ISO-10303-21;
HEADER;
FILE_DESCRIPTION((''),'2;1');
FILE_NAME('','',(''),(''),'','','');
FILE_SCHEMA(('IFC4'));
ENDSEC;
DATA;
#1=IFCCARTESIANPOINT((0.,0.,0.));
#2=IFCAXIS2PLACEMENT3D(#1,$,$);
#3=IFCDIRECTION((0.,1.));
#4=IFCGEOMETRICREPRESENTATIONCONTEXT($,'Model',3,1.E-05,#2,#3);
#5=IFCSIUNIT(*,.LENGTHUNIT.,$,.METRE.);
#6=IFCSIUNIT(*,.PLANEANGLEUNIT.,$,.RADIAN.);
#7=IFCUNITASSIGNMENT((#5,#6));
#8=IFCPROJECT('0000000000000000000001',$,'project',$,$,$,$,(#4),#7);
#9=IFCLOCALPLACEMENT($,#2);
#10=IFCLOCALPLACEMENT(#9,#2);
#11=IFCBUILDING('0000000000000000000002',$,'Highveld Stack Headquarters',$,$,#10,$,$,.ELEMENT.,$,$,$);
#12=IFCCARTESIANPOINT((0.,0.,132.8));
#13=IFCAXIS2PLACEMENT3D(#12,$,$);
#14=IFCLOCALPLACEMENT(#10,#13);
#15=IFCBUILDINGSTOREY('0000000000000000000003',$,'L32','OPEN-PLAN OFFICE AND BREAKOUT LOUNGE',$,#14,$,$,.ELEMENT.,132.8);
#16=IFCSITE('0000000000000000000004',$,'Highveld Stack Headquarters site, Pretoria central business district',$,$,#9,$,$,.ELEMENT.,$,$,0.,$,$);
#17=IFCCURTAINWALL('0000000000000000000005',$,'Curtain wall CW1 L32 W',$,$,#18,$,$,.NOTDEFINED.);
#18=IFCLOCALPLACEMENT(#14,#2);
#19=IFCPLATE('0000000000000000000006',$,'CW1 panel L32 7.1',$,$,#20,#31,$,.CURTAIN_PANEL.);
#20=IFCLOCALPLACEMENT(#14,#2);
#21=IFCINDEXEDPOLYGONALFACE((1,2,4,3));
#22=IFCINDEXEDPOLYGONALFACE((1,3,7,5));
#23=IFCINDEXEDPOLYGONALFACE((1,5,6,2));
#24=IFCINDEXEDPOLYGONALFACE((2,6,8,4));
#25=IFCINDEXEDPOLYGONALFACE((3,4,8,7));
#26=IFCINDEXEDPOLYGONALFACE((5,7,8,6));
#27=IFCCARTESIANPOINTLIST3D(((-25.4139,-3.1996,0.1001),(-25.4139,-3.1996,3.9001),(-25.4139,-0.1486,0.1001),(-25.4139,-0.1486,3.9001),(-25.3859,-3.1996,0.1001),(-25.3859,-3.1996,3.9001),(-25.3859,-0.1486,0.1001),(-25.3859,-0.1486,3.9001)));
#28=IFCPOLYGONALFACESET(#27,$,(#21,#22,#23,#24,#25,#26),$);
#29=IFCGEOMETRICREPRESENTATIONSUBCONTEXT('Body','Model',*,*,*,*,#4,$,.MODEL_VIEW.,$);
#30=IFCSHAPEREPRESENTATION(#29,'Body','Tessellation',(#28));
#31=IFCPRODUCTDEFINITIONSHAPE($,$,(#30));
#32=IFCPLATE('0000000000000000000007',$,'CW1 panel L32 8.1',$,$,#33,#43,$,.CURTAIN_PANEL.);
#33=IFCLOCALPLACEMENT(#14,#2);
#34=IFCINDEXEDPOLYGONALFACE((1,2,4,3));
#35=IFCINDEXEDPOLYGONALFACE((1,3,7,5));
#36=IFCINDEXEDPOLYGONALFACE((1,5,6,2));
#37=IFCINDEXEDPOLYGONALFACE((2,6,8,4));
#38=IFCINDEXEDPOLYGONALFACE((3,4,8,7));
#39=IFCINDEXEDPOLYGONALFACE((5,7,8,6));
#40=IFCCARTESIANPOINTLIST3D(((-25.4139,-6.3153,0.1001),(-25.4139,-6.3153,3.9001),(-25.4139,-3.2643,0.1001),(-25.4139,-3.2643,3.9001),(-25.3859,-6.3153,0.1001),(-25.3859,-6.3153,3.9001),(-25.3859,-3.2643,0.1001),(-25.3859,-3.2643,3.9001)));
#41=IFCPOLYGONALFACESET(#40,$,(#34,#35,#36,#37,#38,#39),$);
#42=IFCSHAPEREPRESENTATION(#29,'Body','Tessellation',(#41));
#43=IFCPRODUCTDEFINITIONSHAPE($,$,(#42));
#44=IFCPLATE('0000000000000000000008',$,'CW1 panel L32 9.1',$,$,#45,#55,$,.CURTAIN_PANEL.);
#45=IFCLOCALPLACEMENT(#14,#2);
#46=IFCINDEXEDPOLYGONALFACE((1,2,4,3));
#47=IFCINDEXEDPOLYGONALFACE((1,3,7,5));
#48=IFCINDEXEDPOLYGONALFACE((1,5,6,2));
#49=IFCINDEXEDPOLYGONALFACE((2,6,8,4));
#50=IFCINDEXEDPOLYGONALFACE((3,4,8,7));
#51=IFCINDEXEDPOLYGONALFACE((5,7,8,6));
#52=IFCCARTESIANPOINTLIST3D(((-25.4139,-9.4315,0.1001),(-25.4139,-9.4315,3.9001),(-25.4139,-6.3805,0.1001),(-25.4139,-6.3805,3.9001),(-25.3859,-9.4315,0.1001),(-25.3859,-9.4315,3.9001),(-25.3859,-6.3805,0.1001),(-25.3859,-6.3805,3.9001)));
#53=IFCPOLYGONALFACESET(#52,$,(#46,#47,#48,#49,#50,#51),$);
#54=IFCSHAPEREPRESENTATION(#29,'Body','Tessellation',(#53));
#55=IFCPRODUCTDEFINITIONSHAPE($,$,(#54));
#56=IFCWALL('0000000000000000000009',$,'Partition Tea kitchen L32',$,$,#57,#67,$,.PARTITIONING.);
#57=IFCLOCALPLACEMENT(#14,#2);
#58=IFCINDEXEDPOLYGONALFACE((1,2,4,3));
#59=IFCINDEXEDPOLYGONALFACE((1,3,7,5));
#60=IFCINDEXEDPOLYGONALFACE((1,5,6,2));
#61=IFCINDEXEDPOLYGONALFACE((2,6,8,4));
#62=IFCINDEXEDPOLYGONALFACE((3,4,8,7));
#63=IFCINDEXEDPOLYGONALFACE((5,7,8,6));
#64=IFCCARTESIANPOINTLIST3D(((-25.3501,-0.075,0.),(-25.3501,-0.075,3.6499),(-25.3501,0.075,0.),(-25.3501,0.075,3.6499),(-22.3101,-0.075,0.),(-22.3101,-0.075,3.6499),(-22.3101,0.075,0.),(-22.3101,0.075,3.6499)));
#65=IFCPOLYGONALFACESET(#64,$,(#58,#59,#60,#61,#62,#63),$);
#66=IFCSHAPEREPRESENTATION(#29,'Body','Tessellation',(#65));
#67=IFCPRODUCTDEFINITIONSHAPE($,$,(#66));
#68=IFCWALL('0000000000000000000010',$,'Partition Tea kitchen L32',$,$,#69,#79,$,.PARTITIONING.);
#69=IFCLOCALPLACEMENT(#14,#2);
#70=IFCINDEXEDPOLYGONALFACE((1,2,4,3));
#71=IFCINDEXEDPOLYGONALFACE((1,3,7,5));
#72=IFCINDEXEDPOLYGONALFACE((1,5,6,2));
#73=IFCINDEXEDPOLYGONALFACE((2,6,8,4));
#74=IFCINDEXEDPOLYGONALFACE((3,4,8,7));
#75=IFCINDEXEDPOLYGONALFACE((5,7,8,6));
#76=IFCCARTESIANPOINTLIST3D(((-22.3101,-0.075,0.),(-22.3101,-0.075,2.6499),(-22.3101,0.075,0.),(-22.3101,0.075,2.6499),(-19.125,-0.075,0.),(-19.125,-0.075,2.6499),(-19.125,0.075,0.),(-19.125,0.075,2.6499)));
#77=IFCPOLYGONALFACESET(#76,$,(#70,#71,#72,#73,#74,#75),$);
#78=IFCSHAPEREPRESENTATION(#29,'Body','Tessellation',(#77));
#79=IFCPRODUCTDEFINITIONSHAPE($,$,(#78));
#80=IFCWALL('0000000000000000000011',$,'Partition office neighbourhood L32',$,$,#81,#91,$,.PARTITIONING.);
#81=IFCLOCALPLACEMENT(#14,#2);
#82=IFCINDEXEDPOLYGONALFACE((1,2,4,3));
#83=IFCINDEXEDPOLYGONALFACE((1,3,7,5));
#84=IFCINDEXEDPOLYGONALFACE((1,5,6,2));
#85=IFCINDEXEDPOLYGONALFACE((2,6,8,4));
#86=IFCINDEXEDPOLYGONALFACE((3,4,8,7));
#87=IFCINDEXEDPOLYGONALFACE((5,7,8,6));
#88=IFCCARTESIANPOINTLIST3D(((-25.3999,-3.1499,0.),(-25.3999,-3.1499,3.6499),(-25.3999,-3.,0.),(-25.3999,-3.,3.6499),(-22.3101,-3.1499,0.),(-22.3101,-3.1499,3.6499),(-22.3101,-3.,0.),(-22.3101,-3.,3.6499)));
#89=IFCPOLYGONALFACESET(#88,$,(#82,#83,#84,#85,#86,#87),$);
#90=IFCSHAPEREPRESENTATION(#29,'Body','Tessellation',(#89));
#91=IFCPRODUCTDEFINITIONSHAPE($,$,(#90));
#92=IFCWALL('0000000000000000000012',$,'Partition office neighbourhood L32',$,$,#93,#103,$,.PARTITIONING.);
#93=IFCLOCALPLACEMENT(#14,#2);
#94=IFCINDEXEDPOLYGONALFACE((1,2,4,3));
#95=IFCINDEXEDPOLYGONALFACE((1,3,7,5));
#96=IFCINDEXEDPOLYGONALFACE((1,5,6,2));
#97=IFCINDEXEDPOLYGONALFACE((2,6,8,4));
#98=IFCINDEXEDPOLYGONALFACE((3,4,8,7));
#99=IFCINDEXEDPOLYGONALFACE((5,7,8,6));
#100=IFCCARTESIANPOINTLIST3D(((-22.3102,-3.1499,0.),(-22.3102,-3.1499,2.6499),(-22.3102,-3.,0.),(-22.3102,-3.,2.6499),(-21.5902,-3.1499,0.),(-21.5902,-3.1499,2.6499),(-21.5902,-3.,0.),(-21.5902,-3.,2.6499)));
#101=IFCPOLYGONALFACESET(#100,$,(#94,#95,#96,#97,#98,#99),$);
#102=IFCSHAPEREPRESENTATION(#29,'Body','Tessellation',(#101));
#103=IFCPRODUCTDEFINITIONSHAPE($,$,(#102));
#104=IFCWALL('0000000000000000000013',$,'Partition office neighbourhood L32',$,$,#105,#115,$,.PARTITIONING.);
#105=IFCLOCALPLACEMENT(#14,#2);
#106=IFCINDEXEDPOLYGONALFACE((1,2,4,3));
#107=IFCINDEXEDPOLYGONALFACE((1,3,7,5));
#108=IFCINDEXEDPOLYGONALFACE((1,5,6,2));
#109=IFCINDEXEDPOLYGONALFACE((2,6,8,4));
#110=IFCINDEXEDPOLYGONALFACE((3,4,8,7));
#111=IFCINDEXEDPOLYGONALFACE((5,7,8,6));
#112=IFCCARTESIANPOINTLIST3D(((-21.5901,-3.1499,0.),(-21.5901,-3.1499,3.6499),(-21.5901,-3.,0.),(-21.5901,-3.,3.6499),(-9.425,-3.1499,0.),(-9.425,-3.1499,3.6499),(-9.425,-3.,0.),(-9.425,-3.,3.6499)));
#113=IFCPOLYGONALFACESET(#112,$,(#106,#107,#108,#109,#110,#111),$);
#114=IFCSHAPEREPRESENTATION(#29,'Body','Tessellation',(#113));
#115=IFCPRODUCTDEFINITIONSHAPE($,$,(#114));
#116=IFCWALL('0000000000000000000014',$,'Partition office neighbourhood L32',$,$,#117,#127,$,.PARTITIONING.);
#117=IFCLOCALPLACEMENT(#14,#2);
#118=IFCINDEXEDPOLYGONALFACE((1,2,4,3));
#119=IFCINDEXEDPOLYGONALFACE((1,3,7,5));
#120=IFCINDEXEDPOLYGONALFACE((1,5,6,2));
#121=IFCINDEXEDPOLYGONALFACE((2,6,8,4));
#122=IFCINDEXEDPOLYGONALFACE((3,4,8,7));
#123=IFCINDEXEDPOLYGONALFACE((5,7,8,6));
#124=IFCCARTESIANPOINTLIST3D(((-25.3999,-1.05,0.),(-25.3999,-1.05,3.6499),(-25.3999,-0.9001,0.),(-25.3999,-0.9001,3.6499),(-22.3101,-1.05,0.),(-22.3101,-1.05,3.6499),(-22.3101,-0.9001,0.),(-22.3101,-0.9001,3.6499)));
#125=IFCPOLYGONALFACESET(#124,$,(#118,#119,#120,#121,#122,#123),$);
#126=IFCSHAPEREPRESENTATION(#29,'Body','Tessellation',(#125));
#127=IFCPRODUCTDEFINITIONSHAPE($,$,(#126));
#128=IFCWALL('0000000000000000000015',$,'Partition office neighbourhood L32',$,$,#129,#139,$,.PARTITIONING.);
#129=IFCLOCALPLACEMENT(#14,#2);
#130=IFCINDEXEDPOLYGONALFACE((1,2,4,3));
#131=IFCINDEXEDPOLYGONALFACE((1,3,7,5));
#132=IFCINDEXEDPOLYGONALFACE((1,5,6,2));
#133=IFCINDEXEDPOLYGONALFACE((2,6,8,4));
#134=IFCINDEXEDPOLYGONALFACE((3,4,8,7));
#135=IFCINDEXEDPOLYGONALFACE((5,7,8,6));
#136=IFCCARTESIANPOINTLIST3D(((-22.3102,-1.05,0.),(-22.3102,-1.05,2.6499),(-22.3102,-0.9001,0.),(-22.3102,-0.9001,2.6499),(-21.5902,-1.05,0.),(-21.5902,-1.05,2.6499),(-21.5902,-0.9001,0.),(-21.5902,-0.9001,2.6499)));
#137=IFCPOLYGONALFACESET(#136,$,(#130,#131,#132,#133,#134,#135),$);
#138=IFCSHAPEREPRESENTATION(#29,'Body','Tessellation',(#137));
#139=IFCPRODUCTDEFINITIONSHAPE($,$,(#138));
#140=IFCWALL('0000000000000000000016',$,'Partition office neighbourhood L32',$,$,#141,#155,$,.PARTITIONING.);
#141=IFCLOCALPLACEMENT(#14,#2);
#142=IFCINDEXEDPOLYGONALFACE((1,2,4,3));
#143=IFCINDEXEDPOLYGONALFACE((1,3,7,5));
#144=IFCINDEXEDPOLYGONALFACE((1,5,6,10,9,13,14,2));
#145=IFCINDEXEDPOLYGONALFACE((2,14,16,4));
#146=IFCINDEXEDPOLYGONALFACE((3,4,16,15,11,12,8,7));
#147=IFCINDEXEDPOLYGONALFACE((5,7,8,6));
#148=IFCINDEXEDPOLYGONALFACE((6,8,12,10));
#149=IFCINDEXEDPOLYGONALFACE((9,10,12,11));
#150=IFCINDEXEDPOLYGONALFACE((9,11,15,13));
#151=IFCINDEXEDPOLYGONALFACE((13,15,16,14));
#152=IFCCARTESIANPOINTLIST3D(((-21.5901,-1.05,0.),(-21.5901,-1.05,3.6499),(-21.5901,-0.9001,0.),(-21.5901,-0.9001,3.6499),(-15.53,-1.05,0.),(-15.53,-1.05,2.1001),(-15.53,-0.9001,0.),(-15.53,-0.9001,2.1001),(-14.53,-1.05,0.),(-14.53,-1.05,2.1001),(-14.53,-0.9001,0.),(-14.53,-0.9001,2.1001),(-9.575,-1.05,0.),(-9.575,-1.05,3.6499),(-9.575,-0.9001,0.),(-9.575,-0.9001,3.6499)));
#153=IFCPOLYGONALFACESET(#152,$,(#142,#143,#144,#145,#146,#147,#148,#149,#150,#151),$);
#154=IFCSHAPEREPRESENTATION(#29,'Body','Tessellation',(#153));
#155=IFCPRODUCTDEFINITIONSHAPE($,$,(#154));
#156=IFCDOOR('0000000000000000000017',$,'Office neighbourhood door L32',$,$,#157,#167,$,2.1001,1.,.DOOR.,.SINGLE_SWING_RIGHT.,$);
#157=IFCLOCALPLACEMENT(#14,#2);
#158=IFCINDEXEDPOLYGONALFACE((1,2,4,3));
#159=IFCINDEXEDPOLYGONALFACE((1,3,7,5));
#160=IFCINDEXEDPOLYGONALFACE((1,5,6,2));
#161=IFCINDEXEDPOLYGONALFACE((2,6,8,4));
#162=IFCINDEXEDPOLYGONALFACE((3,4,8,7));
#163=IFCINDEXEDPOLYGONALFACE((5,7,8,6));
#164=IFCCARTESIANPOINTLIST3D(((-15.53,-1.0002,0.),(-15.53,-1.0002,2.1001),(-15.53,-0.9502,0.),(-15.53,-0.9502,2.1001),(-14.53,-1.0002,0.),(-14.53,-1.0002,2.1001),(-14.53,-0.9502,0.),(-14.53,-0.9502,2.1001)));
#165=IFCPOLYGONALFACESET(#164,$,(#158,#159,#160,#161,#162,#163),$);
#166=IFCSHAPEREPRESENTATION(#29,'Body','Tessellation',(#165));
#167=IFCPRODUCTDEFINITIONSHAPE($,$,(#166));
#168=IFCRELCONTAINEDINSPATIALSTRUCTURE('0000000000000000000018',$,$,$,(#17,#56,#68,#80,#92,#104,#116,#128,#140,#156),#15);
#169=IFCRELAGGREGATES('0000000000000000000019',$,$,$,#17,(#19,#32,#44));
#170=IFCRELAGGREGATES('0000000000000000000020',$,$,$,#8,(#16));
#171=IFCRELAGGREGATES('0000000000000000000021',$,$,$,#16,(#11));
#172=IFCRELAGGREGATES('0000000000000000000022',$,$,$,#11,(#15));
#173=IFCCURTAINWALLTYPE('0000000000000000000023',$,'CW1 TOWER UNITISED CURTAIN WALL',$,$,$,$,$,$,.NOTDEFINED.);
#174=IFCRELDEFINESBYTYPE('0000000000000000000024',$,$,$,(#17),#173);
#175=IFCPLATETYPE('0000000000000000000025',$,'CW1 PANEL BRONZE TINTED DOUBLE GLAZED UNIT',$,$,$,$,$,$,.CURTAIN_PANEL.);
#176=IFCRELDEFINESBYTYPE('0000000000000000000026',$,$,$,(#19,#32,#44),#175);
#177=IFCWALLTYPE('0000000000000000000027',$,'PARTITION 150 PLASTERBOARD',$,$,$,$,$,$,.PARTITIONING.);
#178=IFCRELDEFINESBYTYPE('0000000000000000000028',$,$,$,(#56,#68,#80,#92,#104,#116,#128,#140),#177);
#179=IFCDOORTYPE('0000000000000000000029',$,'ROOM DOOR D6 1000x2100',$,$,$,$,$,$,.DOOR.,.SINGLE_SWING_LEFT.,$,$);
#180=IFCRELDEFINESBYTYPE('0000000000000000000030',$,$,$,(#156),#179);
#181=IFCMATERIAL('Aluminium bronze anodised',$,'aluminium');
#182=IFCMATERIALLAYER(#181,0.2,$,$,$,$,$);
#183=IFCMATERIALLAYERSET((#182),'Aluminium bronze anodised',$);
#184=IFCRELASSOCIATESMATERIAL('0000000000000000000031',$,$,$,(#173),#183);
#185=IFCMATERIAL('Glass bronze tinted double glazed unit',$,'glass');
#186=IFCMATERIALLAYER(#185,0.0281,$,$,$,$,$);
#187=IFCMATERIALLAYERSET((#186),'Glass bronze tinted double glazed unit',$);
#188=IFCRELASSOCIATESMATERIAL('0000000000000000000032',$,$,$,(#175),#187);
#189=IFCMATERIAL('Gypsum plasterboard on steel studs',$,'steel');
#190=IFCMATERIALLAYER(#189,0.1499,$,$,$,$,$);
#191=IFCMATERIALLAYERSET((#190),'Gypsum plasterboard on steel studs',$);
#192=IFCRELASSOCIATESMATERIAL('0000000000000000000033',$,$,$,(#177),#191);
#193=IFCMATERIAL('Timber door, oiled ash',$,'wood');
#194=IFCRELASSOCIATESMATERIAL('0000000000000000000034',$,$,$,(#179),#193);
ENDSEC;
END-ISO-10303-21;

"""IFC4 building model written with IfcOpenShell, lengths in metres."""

from ifc_helpers import new_model, si_unit, direction, frame, frame_2d, origin, origin_2d, place, context, subcontext, project, spatial, rectangle, extrude, material, layer, layer_set, type_object, element, fill, aggregate, save


model = new_model("IFC4")

# Units and contexts
model_context = context("Model", 3, precision=1e-05, world=origin(), true_north=direction((0.0, 1.0)))
body_context = subcontext(model_context, "Body", "Model", "MODEL_VIEW")
ifc_project = project(units=[si_unit("LENGTHUNIT", "METRE"), si_unit("PLANEANGLEUNIT", "RADIAN")], contexts=[model_context])

# Site, building, storey
site_placement = place(None, origin())
site = spatial("IfcSite", under=ifc_project, at=site_placement, Name="Highveld Stack Headquarters site, Pretoria central business district", CompositionType="ELEMENT", RefElevation=0.0)
building_placement = place(site_placement, origin())
building = spatial("IfcBuilding", under=site, at=building_placement, Name="Highveld Stack Headquarters", CompositionType="ELEMENT")
storey_placement = place(building_placement, frame((0.0, 0.0, 132.8)))
storey = spatial("IfcBuildingStorey", under=building, at=storey_placement, Name="L32", Description="OPEN-PLAN OFFICE AND BREAKOUT LOUNGE", CompositionType="ELEMENT", Elevation=132.8)

# Curtain wall
ifc_material_1 = material(Name="Aluminium bronze anodised", Category="aluminium")
ifc_layer_1 = layer(ifc_material_1, 0.2)
ifc_layer_set_1 = layer_set([ifc_layer_1], Name="Aluminium bronze anodised")
curtain_wall_type = type_object("IfcCurtainWallType", Name="CW1 TOWER UNITISED CURTAIN WALL", PredefinedType="NOTDEFINED", material=ifc_layer_set_1)
curtain_wall_placement = place(storey_placement, origin())
curtain_wall = element("IfcCurtainWall", 1, at=curtain_wall_placement, inside=storey, type_object=curtain_wall_type, Name="Curtain wall CW1 L32 W", PredefinedType="NOTDEFINED")

# Plates
ifc_material_2 = material(Name="Glass bronze tinted double glazed unit", Category="glass")
ifc_layer_2 = layer(ifc_material_2, 0.0281)
ifc_layer_set_2 = layer_set([ifc_layer_2], Name="Glass bronze tinted double glazed unit")
plate_type = type_object("IfcPlateType", Name="CW1 PANEL BRONZE TINTED DOUBLE GLAZED UNIT", PredefinedType="CURTAIN_PANEL", material=ifc_layer_set_2)
plate_1_placement = place(storey_placement, frame((-25.3999, -1.6741, 0.1001), z_axis=(0.0, 0.0, 1.0), x_axis=(0.0, -1.0, 0.0)))
plate_1 = element("IfcPlate", 2, at=plate_1_placement, type_object=plate_type, Name="CW1 panel L32 7.1", PredefinedType="CURTAIN_PANEL", context=body_context, shape_type="SweptSolid", body=[
    extrude(rectangle(XDim=3.051, YDim=0.0281, at=origin_2d()), origin(), (0.0, 0.0, 1.0), 3.8),
])
plate_2_placement = place(storey_placement, frame((-25.3999, -4.7898, 0.1001), z_axis=(0.0, 0.0, 1.0), x_axis=(0.0, -1.0, 0.0)))
plate_2 = element("IfcPlate", 3, at=plate_2_placement, type_object=plate_type, Name="CW1 panel L32 8.1", PredefinedType="CURTAIN_PANEL", context=body_context, shape_type="SweptSolid", body=[
    extrude(rectangle(XDim=3.051, YDim=0.0281, at=origin_2d()), origin(), (0.0, 0.0, 1.0), 3.8),
])
plate_3_placement = place(storey_placement, frame((-25.3999, -7.906, 0.1001), z_axis=(0.0, 0.0, 1.0), x_axis=(0.0, -1.0, 0.0)))
plate_3 = element("IfcPlate", 4, at=plate_3_placement, type_object=plate_type, Name="CW1 panel L32 9.1", PredefinedType="CURTAIN_PANEL", context=body_context, shape_type="SweptSolid", body=[
    extrude(rectangle(XDim=3.051, YDim=0.0281, at=origin_2d()), origin(), (0.0, 0.0, 1.0), 3.8),
])
aggregate(curtain_wall, [plate_1, plate_2, plate_3])

# Walls
ifc_material_3 = material(Name="Gypsum plasterboard on steel studs", Category="steel")
ifc_layer_3 = layer(ifc_material_3, 0.1499)
ifc_layer_set_3 = layer_set([ifc_layer_3], Name="Gypsum plasterboard on steel studs")
wall_type = type_object("IfcWallType", Name="PARTITION 150 PLASTERBOARD", PredefinedType="PARTITIONING", material=ifc_layer_set_3)
wall_1_placement = place(storey_placement, frame((-25.3501, 0.0, 0.0), z_axis=(0.0, 0.0, 1.0), x_axis=(1.0, 0.0, 0.0)))
element("IfcWall", 5, at=wall_1_placement, inside=storey, type_object=wall_type, Name="Partition Tea kitchen L32", PredefinedType="PARTITIONING", context=body_context, shape_type="SweptSolid", body=[
    extrude(rectangle(XDim=3.04, YDim=0.1499, at=frame_2d((1.52, 0.0))), origin(), (0.0, 0.0, 1.0), 3.6499),
])
wall_2_placement = place(storey_placement, frame((-22.3101, 0.0, 0.0), z_axis=(0.0, 0.0, 1.0), x_axis=(1.0, 0.0, 0.0)))
element("IfcWall", 6, at=wall_2_placement, inside=storey, type_object=wall_type, Name="Partition Tea kitchen L32", PredefinedType="PARTITIONING", context=body_context, shape_type="SweptSolid", body=[
    extrude(rectangle(XDim=3.1851, YDim=0.1499, at=frame_2d((1.5925, 0.0))), origin(), (0.0, 0.0, 1.0), 2.6499),
])
wall_3_placement = place(storey_placement, frame((-25.3999, -3.075, 0.0), z_axis=(0.0, 0.0, 1.0), x_axis=(1.0, 0.0, 0.0)))
element("IfcWall", 7, at=wall_3_placement, inside=storey, type_object=wall_type, Name="Partition office neighbourhood L32", PredefinedType="PARTITIONING", context=body_context, shape_type="SweptSolid", body=[
    extrude(rectangle(XDim=3.0898, YDim=0.1499, at=frame_2d((1.5449, 0.0))), origin(), (0.0, 0.0, 1.0), 3.6499),
])
wall_4_placement = place(storey_placement, frame((-22.3101, -3.075, 0.0), z_axis=(0.0, 0.0, 1.0), x_axis=(1.0, 0.0, 0.0)))
element("IfcWall", 8, at=wall_4_placement, inside=storey, type_object=wall_type, Name="Partition office neighbourhood L32", PredefinedType="PARTITIONING", context=body_context, shape_type="SweptSolid", body=[
    extrude(rectangle(XDim=0.72, YDim=0.1499, at=frame_2d((0.3599, 0.0))), origin(), (0.0, 0.0, 1.0), 2.6499),
])
wall_5_placement = place(storey_placement, frame((-21.5901, -3.075, 0.0), z_axis=(0.0, 0.0, 1.0), x_axis=(1.0, 0.0, 0.0)))
element("IfcWall", 9, at=wall_5_placement, inside=storey, type_object=wall_type, Name="Partition office neighbourhood L32", PredefinedType="PARTITIONING", context=body_context, shape_type="SweptSolid", body=[
    extrude(rectangle(XDim=12.165, YDim=0.1499, at=frame_2d((6.0825, 0.0))), origin(), (0.0, 0.0, 1.0), 3.6499),
])
wall_6_placement = place(storey_placement, frame((-25.3999, -0.9751, 0.0), z_axis=(0.0, 0.0, 1.0), x_axis=(1.0, 0.0, 0.0)))
element("IfcWall", 10, at=wall_6_placement, inside=storey, type_object=wall_type, Name="Partition office neighbourhood L32", PredefinedType="PARTITIONING", context=body_context, shape_type="SweptSolid", body=[
    extrude(rectangle(XDim=3.0898, YDim=0.1499, at=frame_2d((1.5449, 0.0))), origin(), (0.0, 0.0, 1.0), 3.6499),
])
wall_7_placement = place(storey_placement, frame((-22.3101, -0.9751, 0.0), z_axis=(0.0, 0.0, 1.0), x_axis=(1.0, 0.0, 0.0)))
element("IfcWall", 11, at=wall_7_placement, inside=storey, type_object=wall_type, Name="Partition office neighbourhood L32", PredefinedType="PARTITIONING", context=body_context, shape_type="SweptSolid", body=[
    extrude(rectangle(XDim=0.72, YDim=0.1499, at=frame_2d((0.3599, 0.0))), origin(), (0.0, 0.0, 1.0), 2.6499),
])

# Wall, opening, door
wall_8_placement = place(storey_placement, frame((-21.5901, -0.9751, 0.0), z_axis=(0.0, 0.0, 1.0), x_axis=(1.0, 0.0, 0.0)))
wall_8 = element("IfcWall", 12, at=wall_8_placement, inside=storey, type_object=wall_type, Name="Partition office neighbourhood L32", PredefinedType="PARTITIONING", context=body_context, shape_type="SweptSolid", body=[
    extrude(rectangle(XDim=12.0151, YDim=0.1499, at=frame_2d((6.0076, 0.0))), origin(), (0.0, 0.0, 1.0), 3.6499),
])
opening_placement = place(wall_8_placement, frame((6.0601, 0.0, 0.0)))
opening = element("IfcOpeningElement", 13, at=opening_placement, cuts=wall_8, PredefinedType="OPENING", context=body_context, shape_type="SweptSolid", body=[
    extrude(rectangle(XDim=1.0, YDim=2.1001, at=frame_2d((0.5, 1.05))), frame((0.0, 0.085, 0.0), z_axis=(0.0, -1.0, 0.0), x_axis=(1.0, 0.0, 0.0)), (0.0, 0.0, 1.0), 0.1699),
])
ifc_material_4 = material(Name="Timber door, oiled ash", Category="wood")
door_type = type_object("IfcDoorType", Name="ROOM DOOR D6 1000x2100", OperationType="SINGLE_SWING_LEFT", PredefinedType="DOOR", material=ifc_material_4)
door_placement = place(opening_placement, origin())
door = element("IfcDoor", 14, at=door_placement, inside=storey, type_object=door_type, Name="Office neighbourhood door L32", OperationType="SINGLE_SWING_RIGHT", OverallHeight=2.1001, OverallWidth=1.0, PredefinedType="DOOR", context=body_context, shape_type="SweptSolid", body=[
    extrude(rectangle(XDim=1.0, YDim=2.1001, at=frame_2d((0.5, 1.05))), frame((0.0, 0.0249, 0.0), z_axis=(0.0, -1.0, 0.0), x_axis=(1.0, 0.0, 0.0)), (0.0, 0.0, 1.0), 0.05),
])
fill(opening, door)

save(model, "model.ifc")
